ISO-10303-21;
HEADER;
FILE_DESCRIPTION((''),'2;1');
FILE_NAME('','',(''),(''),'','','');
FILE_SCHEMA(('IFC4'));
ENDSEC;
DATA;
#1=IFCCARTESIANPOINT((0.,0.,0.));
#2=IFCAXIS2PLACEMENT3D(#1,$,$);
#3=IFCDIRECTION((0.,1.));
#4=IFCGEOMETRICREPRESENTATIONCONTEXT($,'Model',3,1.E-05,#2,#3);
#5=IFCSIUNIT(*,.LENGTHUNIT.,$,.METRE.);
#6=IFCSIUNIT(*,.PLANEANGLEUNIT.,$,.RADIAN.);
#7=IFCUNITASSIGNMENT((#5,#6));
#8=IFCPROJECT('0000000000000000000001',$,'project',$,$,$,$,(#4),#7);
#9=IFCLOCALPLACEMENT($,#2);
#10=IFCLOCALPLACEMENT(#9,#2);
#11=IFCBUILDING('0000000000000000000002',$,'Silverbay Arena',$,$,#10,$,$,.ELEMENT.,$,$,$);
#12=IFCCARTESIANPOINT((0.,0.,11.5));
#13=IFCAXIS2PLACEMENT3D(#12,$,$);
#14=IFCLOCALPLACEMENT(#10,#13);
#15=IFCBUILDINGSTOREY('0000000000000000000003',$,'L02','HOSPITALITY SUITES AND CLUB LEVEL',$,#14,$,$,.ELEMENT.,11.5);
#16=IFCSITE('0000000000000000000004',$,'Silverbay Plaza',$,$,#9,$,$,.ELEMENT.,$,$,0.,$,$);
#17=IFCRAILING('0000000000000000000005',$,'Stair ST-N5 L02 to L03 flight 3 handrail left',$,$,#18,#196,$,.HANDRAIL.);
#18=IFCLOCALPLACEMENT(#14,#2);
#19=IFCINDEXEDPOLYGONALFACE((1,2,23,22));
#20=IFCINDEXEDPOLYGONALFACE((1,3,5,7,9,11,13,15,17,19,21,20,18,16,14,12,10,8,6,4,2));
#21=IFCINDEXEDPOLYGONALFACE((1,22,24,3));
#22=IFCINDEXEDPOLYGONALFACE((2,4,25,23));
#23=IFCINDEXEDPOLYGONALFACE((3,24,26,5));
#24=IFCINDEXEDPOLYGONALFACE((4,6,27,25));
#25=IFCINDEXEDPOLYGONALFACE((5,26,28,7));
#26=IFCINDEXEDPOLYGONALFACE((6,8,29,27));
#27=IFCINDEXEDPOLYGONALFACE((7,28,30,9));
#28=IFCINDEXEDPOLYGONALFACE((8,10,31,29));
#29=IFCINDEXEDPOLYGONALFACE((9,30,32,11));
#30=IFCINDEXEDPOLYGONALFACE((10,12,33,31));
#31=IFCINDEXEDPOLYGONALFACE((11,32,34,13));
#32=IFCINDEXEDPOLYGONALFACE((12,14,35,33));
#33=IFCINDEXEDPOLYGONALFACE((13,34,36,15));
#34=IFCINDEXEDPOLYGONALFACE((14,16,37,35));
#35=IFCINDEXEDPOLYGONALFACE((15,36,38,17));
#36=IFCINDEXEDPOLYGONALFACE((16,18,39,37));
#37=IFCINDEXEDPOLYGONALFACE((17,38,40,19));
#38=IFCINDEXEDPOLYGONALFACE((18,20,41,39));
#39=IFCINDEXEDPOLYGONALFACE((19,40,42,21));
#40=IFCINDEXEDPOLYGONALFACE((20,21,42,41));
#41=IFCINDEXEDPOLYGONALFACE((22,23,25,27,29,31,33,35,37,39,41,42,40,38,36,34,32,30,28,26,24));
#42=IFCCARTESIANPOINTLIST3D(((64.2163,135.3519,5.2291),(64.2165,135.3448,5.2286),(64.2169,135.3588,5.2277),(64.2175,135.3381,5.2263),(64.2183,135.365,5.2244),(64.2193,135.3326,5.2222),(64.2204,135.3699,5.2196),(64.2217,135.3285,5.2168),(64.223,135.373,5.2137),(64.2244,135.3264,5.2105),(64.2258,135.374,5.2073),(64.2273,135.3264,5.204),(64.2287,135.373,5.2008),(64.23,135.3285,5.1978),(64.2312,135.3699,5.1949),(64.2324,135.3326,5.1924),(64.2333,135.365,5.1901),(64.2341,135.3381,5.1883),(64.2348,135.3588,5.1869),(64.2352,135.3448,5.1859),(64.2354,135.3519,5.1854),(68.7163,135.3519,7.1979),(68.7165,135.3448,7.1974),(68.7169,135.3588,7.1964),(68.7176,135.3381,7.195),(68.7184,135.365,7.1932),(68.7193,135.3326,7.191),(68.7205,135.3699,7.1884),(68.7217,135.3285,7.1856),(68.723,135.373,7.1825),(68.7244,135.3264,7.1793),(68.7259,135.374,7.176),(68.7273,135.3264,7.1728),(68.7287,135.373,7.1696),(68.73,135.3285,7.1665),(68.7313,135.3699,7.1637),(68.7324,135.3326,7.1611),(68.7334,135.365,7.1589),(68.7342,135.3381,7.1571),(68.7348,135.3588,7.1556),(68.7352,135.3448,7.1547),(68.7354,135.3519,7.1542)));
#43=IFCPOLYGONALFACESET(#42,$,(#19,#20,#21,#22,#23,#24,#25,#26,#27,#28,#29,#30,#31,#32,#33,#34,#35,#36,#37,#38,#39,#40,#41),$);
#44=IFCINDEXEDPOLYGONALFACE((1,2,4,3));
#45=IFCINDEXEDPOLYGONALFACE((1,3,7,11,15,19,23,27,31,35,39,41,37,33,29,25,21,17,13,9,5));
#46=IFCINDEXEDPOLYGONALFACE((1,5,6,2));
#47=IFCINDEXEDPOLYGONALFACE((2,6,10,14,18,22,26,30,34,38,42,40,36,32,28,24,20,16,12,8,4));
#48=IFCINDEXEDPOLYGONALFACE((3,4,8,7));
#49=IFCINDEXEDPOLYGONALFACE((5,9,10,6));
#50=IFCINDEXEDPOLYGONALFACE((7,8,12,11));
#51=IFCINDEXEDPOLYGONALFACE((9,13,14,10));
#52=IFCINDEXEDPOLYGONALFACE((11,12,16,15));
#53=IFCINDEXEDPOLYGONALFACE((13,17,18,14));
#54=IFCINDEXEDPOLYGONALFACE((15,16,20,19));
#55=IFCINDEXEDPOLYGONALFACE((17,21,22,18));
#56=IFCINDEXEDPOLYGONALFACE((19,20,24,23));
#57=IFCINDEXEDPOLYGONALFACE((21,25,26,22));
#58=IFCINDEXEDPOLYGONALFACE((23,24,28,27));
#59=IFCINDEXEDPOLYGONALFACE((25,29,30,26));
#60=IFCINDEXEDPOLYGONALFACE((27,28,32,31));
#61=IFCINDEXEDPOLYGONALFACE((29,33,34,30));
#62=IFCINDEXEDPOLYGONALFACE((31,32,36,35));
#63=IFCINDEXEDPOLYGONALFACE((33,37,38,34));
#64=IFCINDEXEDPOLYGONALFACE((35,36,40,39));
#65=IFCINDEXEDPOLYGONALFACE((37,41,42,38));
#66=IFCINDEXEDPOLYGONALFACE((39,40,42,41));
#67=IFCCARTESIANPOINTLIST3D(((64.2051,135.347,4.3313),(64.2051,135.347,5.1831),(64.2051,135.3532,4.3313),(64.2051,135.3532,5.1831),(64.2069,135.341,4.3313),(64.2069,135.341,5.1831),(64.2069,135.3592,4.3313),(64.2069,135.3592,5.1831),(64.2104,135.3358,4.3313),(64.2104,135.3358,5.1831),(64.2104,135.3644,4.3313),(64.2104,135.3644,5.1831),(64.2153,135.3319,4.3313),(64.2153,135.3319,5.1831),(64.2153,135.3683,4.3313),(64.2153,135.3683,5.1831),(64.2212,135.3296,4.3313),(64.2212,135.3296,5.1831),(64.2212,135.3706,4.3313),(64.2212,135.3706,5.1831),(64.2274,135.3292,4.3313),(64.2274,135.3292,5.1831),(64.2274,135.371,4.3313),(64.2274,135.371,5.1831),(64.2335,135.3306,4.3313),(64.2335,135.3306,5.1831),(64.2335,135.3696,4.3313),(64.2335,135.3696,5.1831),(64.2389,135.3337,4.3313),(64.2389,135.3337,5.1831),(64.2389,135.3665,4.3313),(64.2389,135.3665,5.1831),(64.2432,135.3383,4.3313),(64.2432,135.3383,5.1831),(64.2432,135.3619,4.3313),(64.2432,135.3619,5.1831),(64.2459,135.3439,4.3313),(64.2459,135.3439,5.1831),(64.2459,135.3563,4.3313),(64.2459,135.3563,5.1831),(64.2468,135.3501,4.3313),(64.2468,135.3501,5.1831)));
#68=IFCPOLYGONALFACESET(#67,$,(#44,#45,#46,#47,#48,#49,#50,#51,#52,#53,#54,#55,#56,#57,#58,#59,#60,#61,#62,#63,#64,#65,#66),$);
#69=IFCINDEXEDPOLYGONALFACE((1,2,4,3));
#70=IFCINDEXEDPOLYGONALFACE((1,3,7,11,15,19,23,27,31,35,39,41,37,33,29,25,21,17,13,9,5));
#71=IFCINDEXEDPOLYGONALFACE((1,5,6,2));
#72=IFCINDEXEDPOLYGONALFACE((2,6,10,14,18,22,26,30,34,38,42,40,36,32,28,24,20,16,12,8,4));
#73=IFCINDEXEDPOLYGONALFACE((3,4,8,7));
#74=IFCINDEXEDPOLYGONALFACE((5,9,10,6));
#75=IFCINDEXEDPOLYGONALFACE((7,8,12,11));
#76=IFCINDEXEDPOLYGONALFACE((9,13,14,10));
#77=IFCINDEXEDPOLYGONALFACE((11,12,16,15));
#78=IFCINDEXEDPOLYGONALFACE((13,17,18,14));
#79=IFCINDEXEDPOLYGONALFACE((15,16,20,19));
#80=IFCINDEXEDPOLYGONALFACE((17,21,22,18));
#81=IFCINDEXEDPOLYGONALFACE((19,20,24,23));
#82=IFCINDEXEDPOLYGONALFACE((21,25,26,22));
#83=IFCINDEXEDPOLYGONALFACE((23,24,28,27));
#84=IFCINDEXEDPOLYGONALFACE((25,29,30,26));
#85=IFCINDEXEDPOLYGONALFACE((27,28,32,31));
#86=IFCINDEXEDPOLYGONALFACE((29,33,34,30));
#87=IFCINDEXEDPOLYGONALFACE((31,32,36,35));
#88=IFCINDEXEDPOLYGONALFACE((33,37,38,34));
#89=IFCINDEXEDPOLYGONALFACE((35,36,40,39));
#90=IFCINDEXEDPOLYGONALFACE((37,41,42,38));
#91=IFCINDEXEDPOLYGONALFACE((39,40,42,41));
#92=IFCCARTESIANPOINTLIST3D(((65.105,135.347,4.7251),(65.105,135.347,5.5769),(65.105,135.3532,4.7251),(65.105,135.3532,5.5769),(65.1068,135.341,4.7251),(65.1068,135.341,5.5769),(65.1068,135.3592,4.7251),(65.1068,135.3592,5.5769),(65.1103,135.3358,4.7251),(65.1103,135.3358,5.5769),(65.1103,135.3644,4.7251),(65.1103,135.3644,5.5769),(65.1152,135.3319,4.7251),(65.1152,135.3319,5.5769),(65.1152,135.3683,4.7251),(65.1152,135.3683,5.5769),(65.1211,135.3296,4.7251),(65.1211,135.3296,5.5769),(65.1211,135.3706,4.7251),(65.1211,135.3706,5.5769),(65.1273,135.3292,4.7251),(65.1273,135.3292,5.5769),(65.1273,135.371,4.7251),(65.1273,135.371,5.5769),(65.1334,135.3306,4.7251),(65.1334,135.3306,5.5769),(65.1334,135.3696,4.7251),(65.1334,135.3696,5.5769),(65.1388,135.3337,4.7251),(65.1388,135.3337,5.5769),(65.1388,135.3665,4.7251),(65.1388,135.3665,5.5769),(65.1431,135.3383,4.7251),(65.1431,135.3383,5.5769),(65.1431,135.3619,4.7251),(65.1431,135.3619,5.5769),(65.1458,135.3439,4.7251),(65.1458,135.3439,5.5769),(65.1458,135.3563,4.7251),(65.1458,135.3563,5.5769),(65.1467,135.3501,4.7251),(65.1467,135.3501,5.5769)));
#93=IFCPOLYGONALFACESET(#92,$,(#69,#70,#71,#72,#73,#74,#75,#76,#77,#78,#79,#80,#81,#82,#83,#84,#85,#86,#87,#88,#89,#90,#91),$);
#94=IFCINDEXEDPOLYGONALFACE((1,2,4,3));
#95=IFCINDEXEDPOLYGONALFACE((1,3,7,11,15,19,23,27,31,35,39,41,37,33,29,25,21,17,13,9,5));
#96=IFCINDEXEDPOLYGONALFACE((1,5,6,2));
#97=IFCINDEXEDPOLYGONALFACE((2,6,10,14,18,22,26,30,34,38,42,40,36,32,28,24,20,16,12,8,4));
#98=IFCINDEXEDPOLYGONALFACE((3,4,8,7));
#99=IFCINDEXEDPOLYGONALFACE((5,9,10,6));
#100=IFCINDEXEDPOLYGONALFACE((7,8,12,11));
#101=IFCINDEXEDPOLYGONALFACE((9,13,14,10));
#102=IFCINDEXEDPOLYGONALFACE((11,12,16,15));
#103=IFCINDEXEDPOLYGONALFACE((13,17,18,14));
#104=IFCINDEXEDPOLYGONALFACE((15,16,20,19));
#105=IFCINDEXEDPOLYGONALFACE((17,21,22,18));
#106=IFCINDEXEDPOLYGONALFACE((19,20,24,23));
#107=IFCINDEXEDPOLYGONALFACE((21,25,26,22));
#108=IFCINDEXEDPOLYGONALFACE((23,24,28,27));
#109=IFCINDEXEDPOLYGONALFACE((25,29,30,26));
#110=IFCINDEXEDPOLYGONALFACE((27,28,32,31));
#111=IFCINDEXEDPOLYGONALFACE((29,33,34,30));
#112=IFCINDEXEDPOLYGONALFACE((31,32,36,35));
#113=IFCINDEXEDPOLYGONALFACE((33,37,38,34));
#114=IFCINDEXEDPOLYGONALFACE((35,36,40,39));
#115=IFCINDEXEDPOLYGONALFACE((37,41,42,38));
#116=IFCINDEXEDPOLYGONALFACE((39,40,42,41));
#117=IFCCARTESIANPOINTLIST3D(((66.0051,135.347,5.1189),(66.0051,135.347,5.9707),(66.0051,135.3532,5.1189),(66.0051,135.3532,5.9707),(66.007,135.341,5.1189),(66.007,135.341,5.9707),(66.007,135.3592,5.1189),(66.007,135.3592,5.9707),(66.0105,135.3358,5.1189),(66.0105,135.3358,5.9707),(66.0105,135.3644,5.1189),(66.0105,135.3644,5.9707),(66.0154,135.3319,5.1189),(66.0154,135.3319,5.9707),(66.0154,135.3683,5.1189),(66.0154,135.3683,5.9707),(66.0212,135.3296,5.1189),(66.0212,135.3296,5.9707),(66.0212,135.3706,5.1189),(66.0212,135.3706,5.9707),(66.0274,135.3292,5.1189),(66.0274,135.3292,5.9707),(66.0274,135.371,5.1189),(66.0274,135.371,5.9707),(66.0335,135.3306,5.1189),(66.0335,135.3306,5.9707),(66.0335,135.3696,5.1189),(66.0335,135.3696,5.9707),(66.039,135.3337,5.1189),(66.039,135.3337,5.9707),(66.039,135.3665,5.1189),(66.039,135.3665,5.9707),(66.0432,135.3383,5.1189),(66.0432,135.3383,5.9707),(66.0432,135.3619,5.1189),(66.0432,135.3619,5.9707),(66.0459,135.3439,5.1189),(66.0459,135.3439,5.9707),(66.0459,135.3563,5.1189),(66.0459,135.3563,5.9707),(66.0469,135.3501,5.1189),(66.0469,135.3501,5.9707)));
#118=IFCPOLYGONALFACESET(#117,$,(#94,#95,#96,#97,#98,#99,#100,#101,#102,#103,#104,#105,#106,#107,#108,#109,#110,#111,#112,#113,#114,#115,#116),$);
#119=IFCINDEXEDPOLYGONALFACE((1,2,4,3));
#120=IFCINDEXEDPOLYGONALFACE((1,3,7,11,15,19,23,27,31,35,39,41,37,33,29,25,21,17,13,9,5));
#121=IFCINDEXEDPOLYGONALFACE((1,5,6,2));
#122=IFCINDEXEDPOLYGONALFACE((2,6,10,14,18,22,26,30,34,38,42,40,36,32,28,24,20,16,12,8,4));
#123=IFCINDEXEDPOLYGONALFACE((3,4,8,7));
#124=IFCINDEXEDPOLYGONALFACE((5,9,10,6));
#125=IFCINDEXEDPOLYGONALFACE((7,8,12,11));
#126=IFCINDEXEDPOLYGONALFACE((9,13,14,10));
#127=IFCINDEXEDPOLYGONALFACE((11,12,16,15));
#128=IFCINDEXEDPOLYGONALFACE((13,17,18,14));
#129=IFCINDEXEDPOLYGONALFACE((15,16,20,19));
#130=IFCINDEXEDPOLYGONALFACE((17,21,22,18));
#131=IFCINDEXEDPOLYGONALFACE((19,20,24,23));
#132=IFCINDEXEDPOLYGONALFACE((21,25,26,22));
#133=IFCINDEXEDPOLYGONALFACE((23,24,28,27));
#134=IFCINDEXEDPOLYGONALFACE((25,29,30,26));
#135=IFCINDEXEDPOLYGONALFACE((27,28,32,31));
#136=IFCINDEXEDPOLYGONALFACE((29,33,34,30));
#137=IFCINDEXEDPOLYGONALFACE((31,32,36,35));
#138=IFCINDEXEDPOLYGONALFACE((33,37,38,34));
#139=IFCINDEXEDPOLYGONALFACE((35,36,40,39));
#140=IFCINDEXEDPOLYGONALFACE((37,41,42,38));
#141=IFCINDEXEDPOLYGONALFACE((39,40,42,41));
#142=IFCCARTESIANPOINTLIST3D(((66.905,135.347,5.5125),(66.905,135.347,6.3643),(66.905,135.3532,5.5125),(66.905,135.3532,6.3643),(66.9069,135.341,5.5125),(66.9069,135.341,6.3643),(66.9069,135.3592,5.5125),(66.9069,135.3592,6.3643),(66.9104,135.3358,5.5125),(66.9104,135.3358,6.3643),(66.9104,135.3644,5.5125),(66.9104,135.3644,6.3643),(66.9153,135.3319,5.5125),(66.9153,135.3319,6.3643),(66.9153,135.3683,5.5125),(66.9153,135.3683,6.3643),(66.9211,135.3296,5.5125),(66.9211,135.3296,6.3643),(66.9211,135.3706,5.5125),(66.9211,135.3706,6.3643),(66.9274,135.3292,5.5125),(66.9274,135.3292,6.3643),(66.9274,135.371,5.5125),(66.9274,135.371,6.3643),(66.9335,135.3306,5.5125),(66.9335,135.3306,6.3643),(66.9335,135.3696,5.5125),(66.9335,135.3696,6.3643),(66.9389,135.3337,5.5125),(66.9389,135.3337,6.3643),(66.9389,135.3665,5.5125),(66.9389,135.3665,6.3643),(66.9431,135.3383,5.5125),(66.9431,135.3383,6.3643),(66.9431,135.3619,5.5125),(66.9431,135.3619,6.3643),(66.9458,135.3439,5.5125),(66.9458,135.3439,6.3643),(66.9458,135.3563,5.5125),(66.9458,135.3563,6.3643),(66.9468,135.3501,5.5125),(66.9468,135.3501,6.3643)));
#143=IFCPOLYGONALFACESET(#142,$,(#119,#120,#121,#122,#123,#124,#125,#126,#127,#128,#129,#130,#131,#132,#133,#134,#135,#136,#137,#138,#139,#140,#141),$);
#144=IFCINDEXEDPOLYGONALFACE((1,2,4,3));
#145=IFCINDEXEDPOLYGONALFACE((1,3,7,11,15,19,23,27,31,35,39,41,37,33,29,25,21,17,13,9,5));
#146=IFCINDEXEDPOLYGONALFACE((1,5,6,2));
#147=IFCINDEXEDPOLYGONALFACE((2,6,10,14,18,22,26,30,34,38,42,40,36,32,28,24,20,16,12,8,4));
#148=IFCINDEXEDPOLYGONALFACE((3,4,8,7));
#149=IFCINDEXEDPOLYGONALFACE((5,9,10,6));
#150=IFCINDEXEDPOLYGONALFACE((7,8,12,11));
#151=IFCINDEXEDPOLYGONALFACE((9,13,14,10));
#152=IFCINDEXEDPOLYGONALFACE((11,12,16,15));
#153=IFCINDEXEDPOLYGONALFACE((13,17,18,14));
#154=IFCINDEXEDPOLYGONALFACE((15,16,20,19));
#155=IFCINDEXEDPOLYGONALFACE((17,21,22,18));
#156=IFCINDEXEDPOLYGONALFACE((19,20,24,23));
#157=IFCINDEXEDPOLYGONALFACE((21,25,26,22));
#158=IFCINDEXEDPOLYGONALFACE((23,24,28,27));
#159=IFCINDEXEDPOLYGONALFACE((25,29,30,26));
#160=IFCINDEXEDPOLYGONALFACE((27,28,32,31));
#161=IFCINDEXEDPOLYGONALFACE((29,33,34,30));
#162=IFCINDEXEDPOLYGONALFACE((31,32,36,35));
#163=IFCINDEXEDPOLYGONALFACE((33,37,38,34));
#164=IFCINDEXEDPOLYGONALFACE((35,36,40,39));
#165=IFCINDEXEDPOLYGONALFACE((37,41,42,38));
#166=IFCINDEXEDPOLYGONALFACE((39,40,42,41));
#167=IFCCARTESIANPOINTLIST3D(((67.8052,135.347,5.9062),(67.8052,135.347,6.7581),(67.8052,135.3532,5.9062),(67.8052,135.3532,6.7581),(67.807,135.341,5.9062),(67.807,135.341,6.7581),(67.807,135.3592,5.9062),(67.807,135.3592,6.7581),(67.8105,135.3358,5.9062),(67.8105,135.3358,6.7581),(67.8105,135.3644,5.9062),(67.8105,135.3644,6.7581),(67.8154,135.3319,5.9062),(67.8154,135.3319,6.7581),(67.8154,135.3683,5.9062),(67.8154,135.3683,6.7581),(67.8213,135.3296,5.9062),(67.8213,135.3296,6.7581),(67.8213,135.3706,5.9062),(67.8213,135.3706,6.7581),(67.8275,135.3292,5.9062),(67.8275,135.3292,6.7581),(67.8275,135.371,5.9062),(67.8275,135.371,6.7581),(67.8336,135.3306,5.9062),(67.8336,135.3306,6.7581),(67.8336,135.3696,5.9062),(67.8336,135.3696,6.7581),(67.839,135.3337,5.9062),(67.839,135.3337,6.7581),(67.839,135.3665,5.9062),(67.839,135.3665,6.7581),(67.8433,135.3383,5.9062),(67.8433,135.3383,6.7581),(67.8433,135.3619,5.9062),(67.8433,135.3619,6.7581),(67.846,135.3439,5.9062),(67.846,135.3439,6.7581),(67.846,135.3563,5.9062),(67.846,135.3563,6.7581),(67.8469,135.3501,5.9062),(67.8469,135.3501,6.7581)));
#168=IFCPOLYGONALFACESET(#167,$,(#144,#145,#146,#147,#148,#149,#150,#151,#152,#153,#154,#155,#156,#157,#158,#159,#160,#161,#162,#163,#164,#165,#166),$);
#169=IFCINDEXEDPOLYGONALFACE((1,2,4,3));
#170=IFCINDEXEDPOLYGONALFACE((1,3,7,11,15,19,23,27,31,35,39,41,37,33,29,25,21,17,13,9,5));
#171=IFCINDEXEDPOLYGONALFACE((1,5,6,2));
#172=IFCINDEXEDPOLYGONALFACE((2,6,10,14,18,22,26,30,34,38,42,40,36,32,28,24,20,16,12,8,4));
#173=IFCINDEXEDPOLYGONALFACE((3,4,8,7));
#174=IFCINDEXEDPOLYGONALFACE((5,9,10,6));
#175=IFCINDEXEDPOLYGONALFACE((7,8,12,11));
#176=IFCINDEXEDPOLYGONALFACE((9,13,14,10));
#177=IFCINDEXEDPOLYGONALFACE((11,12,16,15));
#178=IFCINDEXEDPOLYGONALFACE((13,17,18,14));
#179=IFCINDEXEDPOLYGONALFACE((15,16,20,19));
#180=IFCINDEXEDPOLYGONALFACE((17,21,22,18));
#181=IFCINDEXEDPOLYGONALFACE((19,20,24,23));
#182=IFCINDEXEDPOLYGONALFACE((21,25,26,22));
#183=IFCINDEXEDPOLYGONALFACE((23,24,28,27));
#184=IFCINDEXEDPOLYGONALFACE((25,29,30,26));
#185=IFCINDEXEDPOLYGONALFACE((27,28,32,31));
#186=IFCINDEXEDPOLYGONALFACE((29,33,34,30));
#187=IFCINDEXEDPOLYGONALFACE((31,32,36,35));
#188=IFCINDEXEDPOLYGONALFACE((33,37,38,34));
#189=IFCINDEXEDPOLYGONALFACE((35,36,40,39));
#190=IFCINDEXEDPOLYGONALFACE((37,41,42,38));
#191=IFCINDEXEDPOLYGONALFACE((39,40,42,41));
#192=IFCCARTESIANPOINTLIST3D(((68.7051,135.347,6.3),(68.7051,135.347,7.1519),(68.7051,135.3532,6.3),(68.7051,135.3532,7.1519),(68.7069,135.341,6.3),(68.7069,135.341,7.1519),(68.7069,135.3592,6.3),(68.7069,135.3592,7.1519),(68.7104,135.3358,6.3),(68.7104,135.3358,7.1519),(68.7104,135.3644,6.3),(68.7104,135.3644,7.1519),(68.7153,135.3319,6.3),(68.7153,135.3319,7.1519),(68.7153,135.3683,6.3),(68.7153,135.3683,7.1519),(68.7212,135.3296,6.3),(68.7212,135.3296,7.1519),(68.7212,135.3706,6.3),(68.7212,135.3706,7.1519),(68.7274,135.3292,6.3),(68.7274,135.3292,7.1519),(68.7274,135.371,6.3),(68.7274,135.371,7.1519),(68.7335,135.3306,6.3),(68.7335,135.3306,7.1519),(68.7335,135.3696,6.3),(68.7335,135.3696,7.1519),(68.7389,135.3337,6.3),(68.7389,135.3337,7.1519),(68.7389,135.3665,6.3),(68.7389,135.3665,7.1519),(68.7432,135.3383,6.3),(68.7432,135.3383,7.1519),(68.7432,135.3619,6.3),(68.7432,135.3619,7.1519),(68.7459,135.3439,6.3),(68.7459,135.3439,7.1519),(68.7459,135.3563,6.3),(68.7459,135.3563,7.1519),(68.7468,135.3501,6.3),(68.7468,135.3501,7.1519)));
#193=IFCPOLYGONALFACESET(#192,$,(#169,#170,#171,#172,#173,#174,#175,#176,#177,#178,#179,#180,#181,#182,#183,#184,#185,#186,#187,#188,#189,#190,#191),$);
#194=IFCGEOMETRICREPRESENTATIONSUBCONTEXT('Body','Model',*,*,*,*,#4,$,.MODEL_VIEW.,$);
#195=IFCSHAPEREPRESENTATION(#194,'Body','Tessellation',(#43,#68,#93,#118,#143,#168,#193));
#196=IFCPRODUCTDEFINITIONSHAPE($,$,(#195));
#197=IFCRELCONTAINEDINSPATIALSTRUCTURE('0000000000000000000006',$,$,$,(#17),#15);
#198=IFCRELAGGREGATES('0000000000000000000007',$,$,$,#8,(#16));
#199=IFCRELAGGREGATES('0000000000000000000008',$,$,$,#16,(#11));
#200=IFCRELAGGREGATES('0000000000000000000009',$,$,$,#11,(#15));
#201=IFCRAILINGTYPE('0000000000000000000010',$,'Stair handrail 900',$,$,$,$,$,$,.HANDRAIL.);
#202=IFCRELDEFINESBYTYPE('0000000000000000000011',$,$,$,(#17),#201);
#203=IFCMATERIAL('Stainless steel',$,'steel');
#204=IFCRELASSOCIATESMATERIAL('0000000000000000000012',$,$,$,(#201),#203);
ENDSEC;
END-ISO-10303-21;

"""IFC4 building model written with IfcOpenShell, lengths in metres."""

from ifc_helpers import new_model, si_unit, direction, frame, origin, origin_2d, place, context, subcontext, project, spatial, circle, extrude, material, type_object, element, save


model = new_model("IFC4")

# Units and contexts
model_context = context("Model", 3, precision=1e-05, world=origin(), true_north=direction((0.0, 1.0)))
body_context = subcontext(model_context, "Body", "Model", "MODEL_VIEW")
ifc_project = project(units=[si_unit("LENGTHUNIT", "METRE"), si_unit("PLANEANGLEUNIT", "RADIAN")], contexts=[model_context])

# Site, building, storey
site_placement = place(None, origin())
site = spatial("IfcSite", under=ifc_project, at=site_placement, Name="Silverbay Plaza", CompositionType="ELEMENT", RefElevation=0.0)
building_placement = place(site_placement, origin())
building = spatial("IfcBuilding", under=site, at=building_placement, Name="Silverbay Arena", CompositionType="ELEMENT")
storey_placement = place(building_placement, frame((0.0, 0.0, 11.5)))
storey = spatial("IfcBuildingStorey", under=building, at=storey_placement, Name="L02", Description="HOSPITALITY SUITES AND CLUB LEVEL", CompositionType="ELEMENT", Elevation=11.5)

# Railing
ifc_material_1 = material(Name="Stainless steel", Category="steel")
railing_type_1 = type_object("IfcRailingType", Name="Stair handrail 900", PredefinedType="HANDRAIL", material=ifc_material_1)
for number, where, name in (
    (1, (64.2258, 135.3501, 4.3313), "Stair ST-N5 L02 to L03 flight 3 handrail left"),
):
    element("IfcRailing", number, at=place(storey_placement, frame(where)), inside=storey, type_object=railing_type_1, Name=name, PredefinedType="HANDRAIL", context=body_context, shape_type="SweptSolid", body=[
        extrude(circle(Radius=0.0239, at=origin_2d()), frame((0.0, 0.0, 0.876), z_axis=(0.916157, 0.0, 0.400819), x_axis=(0.0, 1.0, 0.0)), (0.0, 0.0, 1.0), 4.9119),
        extrude(circle(Radius=0.021, at=origin_2d()), origin(), (0.0, 0.0, 1.0), 0.8518),
        extrude(circle(Radius=0.021, at=origin_2d()), frame((0.8999, 0.0, 0.3938)), (0.0, 0.0, 1.0), 0.8518),
        extrude(circle(Radius=0.021, at=origin_2d()), frame((1.8, 0.0, 0.7876)), (0.0, 0.0, 1.0), 0.8518),
        extrude(circle(Radius=0.021, at=origin_2d()), frame((2.7, 0.0, 1.1812)), (0.0, 0.0, 1.0), 0.8518),
        extrude(circle(Radius=0.021, at=origin_2d()), frame((3.6001, 0.0, 1.575)), (0.0, 0.0, 1.0), 0.8518),
        extrude(circle(Radius=0.021, at=origin_2d()), frame((4.5, 0.0, 1.9688)), (0.0, 0.0, 1.0), 0.8518),
    ])

save(model, "model.ifc")
